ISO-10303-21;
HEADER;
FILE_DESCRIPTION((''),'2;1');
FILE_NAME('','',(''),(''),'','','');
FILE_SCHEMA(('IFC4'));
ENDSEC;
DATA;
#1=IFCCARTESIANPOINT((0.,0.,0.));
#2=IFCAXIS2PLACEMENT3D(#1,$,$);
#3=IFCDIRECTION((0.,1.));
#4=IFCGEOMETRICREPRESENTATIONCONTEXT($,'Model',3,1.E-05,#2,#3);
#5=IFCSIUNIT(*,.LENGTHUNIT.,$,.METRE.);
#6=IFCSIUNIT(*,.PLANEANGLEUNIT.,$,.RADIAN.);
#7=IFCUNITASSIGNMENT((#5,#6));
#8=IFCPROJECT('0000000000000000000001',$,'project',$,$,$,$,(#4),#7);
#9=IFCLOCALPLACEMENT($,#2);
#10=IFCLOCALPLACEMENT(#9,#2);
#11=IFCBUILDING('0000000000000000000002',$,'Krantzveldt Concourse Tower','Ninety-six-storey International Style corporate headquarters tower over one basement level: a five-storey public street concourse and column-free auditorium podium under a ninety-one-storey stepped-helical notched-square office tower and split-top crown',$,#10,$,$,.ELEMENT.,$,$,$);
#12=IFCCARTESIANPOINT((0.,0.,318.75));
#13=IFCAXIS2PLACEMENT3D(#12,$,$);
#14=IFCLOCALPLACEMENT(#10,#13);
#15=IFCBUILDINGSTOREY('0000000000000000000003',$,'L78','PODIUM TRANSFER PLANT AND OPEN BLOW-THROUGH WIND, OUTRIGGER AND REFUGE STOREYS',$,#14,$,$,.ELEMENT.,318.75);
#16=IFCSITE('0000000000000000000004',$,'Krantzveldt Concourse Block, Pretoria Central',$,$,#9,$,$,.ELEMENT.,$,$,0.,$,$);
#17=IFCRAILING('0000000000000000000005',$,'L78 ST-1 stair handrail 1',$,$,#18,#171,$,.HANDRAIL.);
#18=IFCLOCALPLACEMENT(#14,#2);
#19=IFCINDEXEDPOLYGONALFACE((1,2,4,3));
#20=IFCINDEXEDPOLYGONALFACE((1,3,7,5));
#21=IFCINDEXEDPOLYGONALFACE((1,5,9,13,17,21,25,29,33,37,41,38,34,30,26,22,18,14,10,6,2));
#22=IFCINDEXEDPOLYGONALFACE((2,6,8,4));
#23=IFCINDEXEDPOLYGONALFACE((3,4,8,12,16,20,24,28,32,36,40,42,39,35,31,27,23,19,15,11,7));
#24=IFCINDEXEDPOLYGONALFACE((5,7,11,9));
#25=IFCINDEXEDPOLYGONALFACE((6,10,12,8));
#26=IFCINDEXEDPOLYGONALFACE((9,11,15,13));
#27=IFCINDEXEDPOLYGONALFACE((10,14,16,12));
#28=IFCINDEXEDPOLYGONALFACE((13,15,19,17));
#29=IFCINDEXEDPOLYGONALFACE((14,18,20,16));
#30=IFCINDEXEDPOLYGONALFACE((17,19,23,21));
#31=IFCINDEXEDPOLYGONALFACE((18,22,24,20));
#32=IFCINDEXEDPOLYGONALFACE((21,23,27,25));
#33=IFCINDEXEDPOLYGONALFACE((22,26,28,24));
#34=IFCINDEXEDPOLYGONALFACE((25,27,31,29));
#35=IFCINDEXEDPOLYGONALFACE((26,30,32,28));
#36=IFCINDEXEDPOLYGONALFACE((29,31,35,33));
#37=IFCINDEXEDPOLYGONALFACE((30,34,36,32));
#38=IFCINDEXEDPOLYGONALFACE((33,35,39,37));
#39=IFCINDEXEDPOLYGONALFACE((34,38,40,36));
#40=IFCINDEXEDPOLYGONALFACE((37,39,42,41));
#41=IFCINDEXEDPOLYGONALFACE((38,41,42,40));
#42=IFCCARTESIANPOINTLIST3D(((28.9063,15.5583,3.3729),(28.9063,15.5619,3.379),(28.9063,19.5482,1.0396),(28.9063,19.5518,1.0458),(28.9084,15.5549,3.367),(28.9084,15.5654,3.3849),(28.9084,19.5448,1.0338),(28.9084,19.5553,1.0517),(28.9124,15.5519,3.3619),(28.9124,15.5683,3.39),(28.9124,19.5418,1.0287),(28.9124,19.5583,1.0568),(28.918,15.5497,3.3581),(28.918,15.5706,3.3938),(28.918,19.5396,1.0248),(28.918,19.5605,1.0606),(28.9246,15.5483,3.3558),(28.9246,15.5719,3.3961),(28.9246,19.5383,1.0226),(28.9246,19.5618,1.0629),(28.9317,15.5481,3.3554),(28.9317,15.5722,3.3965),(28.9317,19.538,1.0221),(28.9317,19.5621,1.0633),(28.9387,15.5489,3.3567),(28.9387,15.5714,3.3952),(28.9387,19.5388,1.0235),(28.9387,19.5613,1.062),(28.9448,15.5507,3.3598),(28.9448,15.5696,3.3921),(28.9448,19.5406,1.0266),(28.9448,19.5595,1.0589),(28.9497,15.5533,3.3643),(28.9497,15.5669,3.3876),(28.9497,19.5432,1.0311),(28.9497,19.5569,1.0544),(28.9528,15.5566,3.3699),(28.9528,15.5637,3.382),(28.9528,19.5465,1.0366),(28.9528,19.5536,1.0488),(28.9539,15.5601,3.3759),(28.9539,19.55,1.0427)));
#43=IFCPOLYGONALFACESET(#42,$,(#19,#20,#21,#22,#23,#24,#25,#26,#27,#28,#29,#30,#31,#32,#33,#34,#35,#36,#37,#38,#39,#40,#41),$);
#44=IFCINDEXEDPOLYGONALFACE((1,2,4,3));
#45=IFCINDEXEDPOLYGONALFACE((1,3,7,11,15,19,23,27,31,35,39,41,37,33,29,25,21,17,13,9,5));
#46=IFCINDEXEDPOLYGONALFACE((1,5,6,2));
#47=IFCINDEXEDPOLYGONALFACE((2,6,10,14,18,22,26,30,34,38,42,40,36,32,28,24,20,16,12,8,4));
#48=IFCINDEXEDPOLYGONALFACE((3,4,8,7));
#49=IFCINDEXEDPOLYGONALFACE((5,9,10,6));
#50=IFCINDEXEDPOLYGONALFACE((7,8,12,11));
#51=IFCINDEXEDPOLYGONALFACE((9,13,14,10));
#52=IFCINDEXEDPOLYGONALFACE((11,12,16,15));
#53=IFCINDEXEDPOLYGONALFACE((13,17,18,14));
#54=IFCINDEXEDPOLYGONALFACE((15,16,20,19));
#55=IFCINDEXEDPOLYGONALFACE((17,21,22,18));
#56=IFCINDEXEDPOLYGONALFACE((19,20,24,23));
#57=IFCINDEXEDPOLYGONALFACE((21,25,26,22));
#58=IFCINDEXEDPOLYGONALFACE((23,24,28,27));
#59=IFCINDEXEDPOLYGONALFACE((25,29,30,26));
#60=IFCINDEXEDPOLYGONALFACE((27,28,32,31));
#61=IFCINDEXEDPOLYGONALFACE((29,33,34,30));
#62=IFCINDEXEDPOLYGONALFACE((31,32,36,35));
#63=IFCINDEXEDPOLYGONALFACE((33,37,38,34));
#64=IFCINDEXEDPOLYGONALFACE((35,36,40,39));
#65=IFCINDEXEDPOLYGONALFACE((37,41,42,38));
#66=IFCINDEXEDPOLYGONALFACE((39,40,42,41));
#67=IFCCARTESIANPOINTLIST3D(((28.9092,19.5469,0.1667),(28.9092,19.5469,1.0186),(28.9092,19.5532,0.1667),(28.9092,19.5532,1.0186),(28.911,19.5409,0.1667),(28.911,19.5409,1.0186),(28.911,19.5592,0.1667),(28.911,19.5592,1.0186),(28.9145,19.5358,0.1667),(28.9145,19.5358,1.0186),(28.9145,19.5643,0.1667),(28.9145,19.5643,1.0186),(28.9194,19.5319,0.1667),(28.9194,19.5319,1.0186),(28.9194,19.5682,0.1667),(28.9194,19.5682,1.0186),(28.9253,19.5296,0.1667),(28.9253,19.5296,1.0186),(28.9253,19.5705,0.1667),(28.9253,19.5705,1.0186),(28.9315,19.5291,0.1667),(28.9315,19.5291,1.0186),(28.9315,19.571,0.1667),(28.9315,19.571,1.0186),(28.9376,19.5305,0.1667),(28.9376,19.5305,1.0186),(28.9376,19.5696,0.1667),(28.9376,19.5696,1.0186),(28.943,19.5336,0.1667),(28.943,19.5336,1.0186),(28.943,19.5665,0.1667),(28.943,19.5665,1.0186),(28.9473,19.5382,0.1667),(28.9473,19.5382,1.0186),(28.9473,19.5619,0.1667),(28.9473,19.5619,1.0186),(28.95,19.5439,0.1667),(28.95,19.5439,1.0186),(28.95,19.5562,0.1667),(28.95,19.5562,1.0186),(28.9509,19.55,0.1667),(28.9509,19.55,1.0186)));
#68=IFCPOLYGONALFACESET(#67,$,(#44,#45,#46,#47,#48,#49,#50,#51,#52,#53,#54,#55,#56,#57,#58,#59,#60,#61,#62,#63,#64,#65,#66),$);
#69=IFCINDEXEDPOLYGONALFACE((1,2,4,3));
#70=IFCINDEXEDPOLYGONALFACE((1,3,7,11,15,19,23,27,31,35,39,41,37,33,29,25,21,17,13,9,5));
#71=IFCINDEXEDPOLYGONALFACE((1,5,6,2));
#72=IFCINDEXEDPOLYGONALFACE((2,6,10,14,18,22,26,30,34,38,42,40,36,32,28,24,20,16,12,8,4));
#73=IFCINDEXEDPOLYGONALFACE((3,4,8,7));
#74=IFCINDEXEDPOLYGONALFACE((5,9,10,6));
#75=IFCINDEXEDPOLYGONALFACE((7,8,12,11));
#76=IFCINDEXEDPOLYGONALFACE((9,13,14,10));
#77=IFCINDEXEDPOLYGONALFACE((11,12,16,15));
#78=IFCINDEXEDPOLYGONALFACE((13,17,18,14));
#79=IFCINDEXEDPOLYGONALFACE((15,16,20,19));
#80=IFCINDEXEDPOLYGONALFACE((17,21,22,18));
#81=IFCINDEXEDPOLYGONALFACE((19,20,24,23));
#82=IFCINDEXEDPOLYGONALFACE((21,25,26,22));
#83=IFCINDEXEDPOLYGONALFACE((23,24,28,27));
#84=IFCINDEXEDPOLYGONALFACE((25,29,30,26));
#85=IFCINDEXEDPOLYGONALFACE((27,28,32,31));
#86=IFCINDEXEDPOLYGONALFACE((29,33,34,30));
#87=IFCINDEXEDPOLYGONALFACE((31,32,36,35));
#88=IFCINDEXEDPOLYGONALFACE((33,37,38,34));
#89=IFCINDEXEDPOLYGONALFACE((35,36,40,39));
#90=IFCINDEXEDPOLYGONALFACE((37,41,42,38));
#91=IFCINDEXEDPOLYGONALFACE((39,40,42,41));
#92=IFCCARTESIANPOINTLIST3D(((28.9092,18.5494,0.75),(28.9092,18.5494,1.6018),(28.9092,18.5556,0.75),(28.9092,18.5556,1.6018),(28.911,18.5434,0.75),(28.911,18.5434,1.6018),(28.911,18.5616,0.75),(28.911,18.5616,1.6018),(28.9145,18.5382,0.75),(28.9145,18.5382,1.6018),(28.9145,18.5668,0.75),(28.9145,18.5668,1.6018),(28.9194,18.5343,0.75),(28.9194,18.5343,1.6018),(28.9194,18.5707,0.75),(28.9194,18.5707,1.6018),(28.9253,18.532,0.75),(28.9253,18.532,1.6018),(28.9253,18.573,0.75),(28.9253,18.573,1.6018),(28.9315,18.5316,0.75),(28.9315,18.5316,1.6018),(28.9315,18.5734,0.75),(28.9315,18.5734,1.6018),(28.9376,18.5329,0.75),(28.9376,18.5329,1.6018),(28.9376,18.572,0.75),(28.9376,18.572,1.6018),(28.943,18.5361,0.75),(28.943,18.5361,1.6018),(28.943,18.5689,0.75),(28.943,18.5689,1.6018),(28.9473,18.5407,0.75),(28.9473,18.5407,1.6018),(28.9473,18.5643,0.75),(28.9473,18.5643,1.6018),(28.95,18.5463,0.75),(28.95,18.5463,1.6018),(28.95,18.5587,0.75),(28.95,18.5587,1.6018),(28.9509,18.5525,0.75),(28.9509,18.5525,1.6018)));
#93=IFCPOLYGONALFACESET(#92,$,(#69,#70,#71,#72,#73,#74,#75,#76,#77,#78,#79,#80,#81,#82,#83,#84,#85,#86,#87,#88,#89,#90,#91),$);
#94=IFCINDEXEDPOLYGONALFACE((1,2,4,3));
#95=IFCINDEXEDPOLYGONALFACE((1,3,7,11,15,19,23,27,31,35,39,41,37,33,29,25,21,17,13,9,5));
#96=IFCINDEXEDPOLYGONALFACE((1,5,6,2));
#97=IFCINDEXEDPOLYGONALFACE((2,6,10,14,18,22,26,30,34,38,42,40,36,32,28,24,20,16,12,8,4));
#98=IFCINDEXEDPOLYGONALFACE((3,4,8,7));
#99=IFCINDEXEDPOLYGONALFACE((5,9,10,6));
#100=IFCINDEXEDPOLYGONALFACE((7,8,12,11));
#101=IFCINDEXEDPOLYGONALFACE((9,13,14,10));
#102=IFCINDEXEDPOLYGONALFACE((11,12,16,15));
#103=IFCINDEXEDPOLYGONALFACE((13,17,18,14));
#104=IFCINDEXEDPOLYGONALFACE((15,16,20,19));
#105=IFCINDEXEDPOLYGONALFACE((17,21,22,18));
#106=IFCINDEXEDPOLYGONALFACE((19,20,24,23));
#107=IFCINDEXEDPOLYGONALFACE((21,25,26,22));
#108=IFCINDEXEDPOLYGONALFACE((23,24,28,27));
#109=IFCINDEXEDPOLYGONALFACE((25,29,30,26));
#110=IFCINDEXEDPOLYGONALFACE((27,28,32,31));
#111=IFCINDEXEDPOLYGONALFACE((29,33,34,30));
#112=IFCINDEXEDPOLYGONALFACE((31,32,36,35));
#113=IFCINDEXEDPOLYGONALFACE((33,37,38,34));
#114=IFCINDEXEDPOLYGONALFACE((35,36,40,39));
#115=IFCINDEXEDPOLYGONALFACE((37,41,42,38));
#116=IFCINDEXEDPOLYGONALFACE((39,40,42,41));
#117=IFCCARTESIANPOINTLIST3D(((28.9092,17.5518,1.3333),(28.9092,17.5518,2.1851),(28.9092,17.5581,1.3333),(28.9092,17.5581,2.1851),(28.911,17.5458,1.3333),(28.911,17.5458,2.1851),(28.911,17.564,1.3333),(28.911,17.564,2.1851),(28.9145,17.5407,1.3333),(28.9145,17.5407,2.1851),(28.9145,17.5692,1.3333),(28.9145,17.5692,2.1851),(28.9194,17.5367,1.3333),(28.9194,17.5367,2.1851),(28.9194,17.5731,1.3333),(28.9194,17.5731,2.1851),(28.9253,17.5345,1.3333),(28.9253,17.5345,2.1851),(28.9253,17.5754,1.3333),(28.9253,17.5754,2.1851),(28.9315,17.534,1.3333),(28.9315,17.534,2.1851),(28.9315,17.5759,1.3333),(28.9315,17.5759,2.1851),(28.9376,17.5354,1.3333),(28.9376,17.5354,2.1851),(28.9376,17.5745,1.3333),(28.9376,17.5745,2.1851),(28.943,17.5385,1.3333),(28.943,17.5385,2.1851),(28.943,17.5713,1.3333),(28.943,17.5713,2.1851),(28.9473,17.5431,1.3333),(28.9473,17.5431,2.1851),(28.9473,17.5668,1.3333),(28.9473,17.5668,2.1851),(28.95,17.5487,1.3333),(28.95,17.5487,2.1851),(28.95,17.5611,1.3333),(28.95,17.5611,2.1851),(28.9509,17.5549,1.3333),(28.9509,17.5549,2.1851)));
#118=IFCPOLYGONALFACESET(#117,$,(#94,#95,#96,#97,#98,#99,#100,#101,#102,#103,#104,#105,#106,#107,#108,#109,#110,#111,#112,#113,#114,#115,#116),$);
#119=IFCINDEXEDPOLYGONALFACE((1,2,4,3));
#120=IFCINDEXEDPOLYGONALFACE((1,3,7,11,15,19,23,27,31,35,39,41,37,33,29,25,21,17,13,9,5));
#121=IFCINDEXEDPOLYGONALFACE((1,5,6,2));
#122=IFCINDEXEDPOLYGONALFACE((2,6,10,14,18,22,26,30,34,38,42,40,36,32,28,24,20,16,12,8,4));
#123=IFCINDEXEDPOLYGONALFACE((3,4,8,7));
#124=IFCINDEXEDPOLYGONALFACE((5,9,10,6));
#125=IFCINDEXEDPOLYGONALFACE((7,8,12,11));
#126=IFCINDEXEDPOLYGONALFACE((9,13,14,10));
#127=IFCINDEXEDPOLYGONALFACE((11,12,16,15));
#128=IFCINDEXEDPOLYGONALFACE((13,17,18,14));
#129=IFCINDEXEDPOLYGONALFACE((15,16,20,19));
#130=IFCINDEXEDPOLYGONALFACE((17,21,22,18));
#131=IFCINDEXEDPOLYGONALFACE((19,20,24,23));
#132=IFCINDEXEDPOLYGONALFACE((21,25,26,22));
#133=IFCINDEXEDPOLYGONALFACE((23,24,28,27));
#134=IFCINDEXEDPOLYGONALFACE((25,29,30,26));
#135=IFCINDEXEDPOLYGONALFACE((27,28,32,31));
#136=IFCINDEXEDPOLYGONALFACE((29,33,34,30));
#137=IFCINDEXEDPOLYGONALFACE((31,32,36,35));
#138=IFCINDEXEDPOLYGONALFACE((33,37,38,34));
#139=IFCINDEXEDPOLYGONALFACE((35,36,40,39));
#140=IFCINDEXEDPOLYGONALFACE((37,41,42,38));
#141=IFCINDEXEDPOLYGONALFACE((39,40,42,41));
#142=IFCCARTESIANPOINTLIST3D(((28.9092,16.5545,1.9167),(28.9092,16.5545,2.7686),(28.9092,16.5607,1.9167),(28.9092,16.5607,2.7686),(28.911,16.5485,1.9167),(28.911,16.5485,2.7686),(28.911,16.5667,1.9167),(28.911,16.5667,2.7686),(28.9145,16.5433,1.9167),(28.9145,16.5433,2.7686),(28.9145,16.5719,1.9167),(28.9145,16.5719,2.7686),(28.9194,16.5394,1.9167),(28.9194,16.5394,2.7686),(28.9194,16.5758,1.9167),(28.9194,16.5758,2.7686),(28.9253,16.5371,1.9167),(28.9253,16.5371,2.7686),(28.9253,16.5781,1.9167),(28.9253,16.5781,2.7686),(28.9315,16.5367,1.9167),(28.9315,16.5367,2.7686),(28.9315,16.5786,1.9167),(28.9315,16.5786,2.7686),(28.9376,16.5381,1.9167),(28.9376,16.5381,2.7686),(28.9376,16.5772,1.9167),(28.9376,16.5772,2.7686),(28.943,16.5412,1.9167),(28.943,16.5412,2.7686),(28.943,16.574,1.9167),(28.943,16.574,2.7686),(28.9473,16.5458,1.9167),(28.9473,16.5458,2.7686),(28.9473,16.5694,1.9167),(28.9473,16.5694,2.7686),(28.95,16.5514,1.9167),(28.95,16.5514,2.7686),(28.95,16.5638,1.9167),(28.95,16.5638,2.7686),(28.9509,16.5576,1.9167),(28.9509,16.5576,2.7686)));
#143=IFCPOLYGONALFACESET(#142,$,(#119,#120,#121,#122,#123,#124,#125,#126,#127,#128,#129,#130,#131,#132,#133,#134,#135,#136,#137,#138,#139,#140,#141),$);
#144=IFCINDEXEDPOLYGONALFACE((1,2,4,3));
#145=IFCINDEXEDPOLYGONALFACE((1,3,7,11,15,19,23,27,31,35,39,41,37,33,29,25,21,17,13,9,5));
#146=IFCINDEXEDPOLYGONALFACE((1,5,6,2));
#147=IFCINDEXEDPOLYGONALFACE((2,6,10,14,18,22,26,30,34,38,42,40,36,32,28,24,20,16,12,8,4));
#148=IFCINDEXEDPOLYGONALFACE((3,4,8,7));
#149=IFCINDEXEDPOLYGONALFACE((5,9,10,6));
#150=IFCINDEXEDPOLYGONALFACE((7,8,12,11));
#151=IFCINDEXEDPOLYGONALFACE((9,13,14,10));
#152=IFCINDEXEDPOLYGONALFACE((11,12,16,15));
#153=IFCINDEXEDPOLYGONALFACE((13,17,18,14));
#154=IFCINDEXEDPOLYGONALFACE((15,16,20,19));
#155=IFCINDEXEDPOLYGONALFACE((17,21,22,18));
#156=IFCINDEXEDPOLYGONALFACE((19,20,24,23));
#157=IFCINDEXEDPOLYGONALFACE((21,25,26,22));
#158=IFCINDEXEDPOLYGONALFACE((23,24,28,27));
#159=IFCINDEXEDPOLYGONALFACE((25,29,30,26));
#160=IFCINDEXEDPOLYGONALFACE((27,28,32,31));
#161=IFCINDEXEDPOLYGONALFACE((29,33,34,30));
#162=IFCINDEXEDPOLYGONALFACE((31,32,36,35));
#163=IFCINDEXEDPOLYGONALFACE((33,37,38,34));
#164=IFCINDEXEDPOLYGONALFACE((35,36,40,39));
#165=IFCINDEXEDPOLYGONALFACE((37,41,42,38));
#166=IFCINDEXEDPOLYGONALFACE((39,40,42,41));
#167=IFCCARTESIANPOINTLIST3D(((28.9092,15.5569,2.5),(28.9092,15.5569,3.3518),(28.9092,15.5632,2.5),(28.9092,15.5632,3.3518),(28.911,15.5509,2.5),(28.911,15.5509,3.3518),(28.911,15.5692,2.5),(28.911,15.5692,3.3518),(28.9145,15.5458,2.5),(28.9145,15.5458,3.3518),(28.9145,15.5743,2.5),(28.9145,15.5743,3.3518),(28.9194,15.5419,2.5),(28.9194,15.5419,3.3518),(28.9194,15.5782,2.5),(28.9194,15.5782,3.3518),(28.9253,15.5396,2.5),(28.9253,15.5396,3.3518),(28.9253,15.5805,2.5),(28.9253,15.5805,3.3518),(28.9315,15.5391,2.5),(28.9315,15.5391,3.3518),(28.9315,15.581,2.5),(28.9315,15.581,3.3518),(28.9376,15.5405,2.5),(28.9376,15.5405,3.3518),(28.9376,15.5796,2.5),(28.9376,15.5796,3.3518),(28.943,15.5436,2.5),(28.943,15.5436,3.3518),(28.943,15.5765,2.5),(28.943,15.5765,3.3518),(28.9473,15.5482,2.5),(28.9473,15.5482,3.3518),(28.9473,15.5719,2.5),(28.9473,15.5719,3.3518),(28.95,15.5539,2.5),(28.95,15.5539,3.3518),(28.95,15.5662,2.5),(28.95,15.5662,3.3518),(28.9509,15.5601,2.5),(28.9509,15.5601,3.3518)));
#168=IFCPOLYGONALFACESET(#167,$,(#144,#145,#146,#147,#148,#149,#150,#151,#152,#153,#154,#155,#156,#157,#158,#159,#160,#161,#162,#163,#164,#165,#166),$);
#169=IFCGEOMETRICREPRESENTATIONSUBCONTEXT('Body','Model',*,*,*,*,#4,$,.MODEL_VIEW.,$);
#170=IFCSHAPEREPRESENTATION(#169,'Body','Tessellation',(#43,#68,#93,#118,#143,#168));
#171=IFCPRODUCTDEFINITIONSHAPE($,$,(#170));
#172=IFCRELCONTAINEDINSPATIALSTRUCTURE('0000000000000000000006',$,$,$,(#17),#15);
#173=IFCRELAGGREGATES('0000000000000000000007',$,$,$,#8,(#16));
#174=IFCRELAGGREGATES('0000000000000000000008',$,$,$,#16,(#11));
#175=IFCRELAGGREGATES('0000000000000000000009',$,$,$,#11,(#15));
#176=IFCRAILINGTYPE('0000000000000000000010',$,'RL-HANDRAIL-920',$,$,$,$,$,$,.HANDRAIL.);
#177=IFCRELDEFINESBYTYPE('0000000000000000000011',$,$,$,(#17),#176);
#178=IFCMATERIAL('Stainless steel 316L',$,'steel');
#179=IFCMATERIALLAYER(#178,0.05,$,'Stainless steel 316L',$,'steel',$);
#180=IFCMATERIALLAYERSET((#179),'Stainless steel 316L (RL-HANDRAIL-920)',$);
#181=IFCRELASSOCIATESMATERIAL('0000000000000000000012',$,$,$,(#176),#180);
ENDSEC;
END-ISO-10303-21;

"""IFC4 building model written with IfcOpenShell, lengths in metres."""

from ifc_helpers import new_model, si_unit, direction, frame, origin, origin_2d, place, context, subcontext, project, spatial, circle, extrude, material, layer, layer_set, type_object, element, save


model = new_model("IFC4")

# Units and contexts
model_context = context("Model", 3, precision=1e-05, world=origin(), true_north=direction((0.0, 1.0)))
body_context = subcontext(model_context, "Body", "Model", "MODEL_VIEW")
ifc_project = project(units=[si_unit("LENGTHUNIT", "METRE"), si_unit("PLANEANGLEUNIT", "RADIAN")], contexts=[model_context])

# Site, building, storey
site_placement = place(None, origin())
site = spatial("IfcSite", under=ifc_project, at=site_placement, Name="Krantzveldt Concourse Block, Pretoria Central", CompositionType="ELEMENT", RefElevation=0.0)
building_placement = place(site_placement, origin())
building = spatial("IfcBuilding", under=site, at=building_placement, Name="Krantzveldt Concourse Tower", Description="Ninety-six-storey International Style corporate headquarters tower over one basement level: a five-storey public street concourse and column-free auditorium podium under a ninety-one-storey stepped-helical notched-square office tower and split-top crown", CompositionType="ELEMENT")
storey_placement = place(building_placement, frame((0.0, 0.0, 318.75)))
storey = spatial("IfcBuildingStorey", under=building, at=storey_placement, Name="L78", Description="PODIUM TRANSFER PLANT AND OPEN BLOW-THROUGH WIND, OUTRIGGER AND REFUGE STOREYS", CompositionType="ELEMENT", Elevation=318.75)

# Railing
ifc_material_1 = material(Name="Stainless steel 316L", Category="steel")
ifc_layer_1 = layer(ifc_material_1, 0.05, Name="Stainless steel 316L", Category="steel")
ifc_layer_set_1 = layer_set([ifc_layer_1], Name="Stainless steel 316L (RL-HANDRAIL-920)")
railing_type_1 = type_object("IfcRailingType", Name="RL-HANDRAIL-920", PredefinedType="HANDRAIL", material=ifc_layer_set_1)
railing_1_placement = place(storey_placement, frame((28.9299, 19.55, 0.1667)))
element("IfcRailing", 1, at=railing_1_placement, inside=storey, type_object=railing_type_1, Name="L78 ST-1 stair handrail 1", PredefinedType="HANDRAIL", context=body_context, shape_type="SweptSolid", body=[
    extrude(circle(Radius=0.0239, at=origin_2d()), frame((0.0, 0.0, 0.876), z_axis=(0.0, -0.863236, 0.5048), x_axis=(1.0, 0.0, 0.0)), (0.0, 0.0, 1.0), 4.6221),
    extrude(circle(Radius=0.021, at=origin_2d()), origin(), (0.0, 0.0, 1.0), 0.8518),
    extrude(circle(Radius=0.021, at=origin_2d()), frame((0.0, -0.9976, 0.5833)), (0.0, 0.0, 1.0), 0.8518),
    extrude(circle(Radius=0.021, at=origin_2d()), frame((0.0, -1.9951, 1.1665)), (0.0, 0.0, 1.0), 0.8518),
    extrude(circle(Radius=0.021, at=origin_2d()), frame((0.0, -2.9924, 1.75)), (0.0, 0.0, 1.0), 0.8518),
    extrude(circle(Radius=0.021, at=origin_2d()), frame((0.0, -3.99, 2.3333)), (0.0, 0.0, 1.0), 0.8518),
])

save(model, "model.ifc")
